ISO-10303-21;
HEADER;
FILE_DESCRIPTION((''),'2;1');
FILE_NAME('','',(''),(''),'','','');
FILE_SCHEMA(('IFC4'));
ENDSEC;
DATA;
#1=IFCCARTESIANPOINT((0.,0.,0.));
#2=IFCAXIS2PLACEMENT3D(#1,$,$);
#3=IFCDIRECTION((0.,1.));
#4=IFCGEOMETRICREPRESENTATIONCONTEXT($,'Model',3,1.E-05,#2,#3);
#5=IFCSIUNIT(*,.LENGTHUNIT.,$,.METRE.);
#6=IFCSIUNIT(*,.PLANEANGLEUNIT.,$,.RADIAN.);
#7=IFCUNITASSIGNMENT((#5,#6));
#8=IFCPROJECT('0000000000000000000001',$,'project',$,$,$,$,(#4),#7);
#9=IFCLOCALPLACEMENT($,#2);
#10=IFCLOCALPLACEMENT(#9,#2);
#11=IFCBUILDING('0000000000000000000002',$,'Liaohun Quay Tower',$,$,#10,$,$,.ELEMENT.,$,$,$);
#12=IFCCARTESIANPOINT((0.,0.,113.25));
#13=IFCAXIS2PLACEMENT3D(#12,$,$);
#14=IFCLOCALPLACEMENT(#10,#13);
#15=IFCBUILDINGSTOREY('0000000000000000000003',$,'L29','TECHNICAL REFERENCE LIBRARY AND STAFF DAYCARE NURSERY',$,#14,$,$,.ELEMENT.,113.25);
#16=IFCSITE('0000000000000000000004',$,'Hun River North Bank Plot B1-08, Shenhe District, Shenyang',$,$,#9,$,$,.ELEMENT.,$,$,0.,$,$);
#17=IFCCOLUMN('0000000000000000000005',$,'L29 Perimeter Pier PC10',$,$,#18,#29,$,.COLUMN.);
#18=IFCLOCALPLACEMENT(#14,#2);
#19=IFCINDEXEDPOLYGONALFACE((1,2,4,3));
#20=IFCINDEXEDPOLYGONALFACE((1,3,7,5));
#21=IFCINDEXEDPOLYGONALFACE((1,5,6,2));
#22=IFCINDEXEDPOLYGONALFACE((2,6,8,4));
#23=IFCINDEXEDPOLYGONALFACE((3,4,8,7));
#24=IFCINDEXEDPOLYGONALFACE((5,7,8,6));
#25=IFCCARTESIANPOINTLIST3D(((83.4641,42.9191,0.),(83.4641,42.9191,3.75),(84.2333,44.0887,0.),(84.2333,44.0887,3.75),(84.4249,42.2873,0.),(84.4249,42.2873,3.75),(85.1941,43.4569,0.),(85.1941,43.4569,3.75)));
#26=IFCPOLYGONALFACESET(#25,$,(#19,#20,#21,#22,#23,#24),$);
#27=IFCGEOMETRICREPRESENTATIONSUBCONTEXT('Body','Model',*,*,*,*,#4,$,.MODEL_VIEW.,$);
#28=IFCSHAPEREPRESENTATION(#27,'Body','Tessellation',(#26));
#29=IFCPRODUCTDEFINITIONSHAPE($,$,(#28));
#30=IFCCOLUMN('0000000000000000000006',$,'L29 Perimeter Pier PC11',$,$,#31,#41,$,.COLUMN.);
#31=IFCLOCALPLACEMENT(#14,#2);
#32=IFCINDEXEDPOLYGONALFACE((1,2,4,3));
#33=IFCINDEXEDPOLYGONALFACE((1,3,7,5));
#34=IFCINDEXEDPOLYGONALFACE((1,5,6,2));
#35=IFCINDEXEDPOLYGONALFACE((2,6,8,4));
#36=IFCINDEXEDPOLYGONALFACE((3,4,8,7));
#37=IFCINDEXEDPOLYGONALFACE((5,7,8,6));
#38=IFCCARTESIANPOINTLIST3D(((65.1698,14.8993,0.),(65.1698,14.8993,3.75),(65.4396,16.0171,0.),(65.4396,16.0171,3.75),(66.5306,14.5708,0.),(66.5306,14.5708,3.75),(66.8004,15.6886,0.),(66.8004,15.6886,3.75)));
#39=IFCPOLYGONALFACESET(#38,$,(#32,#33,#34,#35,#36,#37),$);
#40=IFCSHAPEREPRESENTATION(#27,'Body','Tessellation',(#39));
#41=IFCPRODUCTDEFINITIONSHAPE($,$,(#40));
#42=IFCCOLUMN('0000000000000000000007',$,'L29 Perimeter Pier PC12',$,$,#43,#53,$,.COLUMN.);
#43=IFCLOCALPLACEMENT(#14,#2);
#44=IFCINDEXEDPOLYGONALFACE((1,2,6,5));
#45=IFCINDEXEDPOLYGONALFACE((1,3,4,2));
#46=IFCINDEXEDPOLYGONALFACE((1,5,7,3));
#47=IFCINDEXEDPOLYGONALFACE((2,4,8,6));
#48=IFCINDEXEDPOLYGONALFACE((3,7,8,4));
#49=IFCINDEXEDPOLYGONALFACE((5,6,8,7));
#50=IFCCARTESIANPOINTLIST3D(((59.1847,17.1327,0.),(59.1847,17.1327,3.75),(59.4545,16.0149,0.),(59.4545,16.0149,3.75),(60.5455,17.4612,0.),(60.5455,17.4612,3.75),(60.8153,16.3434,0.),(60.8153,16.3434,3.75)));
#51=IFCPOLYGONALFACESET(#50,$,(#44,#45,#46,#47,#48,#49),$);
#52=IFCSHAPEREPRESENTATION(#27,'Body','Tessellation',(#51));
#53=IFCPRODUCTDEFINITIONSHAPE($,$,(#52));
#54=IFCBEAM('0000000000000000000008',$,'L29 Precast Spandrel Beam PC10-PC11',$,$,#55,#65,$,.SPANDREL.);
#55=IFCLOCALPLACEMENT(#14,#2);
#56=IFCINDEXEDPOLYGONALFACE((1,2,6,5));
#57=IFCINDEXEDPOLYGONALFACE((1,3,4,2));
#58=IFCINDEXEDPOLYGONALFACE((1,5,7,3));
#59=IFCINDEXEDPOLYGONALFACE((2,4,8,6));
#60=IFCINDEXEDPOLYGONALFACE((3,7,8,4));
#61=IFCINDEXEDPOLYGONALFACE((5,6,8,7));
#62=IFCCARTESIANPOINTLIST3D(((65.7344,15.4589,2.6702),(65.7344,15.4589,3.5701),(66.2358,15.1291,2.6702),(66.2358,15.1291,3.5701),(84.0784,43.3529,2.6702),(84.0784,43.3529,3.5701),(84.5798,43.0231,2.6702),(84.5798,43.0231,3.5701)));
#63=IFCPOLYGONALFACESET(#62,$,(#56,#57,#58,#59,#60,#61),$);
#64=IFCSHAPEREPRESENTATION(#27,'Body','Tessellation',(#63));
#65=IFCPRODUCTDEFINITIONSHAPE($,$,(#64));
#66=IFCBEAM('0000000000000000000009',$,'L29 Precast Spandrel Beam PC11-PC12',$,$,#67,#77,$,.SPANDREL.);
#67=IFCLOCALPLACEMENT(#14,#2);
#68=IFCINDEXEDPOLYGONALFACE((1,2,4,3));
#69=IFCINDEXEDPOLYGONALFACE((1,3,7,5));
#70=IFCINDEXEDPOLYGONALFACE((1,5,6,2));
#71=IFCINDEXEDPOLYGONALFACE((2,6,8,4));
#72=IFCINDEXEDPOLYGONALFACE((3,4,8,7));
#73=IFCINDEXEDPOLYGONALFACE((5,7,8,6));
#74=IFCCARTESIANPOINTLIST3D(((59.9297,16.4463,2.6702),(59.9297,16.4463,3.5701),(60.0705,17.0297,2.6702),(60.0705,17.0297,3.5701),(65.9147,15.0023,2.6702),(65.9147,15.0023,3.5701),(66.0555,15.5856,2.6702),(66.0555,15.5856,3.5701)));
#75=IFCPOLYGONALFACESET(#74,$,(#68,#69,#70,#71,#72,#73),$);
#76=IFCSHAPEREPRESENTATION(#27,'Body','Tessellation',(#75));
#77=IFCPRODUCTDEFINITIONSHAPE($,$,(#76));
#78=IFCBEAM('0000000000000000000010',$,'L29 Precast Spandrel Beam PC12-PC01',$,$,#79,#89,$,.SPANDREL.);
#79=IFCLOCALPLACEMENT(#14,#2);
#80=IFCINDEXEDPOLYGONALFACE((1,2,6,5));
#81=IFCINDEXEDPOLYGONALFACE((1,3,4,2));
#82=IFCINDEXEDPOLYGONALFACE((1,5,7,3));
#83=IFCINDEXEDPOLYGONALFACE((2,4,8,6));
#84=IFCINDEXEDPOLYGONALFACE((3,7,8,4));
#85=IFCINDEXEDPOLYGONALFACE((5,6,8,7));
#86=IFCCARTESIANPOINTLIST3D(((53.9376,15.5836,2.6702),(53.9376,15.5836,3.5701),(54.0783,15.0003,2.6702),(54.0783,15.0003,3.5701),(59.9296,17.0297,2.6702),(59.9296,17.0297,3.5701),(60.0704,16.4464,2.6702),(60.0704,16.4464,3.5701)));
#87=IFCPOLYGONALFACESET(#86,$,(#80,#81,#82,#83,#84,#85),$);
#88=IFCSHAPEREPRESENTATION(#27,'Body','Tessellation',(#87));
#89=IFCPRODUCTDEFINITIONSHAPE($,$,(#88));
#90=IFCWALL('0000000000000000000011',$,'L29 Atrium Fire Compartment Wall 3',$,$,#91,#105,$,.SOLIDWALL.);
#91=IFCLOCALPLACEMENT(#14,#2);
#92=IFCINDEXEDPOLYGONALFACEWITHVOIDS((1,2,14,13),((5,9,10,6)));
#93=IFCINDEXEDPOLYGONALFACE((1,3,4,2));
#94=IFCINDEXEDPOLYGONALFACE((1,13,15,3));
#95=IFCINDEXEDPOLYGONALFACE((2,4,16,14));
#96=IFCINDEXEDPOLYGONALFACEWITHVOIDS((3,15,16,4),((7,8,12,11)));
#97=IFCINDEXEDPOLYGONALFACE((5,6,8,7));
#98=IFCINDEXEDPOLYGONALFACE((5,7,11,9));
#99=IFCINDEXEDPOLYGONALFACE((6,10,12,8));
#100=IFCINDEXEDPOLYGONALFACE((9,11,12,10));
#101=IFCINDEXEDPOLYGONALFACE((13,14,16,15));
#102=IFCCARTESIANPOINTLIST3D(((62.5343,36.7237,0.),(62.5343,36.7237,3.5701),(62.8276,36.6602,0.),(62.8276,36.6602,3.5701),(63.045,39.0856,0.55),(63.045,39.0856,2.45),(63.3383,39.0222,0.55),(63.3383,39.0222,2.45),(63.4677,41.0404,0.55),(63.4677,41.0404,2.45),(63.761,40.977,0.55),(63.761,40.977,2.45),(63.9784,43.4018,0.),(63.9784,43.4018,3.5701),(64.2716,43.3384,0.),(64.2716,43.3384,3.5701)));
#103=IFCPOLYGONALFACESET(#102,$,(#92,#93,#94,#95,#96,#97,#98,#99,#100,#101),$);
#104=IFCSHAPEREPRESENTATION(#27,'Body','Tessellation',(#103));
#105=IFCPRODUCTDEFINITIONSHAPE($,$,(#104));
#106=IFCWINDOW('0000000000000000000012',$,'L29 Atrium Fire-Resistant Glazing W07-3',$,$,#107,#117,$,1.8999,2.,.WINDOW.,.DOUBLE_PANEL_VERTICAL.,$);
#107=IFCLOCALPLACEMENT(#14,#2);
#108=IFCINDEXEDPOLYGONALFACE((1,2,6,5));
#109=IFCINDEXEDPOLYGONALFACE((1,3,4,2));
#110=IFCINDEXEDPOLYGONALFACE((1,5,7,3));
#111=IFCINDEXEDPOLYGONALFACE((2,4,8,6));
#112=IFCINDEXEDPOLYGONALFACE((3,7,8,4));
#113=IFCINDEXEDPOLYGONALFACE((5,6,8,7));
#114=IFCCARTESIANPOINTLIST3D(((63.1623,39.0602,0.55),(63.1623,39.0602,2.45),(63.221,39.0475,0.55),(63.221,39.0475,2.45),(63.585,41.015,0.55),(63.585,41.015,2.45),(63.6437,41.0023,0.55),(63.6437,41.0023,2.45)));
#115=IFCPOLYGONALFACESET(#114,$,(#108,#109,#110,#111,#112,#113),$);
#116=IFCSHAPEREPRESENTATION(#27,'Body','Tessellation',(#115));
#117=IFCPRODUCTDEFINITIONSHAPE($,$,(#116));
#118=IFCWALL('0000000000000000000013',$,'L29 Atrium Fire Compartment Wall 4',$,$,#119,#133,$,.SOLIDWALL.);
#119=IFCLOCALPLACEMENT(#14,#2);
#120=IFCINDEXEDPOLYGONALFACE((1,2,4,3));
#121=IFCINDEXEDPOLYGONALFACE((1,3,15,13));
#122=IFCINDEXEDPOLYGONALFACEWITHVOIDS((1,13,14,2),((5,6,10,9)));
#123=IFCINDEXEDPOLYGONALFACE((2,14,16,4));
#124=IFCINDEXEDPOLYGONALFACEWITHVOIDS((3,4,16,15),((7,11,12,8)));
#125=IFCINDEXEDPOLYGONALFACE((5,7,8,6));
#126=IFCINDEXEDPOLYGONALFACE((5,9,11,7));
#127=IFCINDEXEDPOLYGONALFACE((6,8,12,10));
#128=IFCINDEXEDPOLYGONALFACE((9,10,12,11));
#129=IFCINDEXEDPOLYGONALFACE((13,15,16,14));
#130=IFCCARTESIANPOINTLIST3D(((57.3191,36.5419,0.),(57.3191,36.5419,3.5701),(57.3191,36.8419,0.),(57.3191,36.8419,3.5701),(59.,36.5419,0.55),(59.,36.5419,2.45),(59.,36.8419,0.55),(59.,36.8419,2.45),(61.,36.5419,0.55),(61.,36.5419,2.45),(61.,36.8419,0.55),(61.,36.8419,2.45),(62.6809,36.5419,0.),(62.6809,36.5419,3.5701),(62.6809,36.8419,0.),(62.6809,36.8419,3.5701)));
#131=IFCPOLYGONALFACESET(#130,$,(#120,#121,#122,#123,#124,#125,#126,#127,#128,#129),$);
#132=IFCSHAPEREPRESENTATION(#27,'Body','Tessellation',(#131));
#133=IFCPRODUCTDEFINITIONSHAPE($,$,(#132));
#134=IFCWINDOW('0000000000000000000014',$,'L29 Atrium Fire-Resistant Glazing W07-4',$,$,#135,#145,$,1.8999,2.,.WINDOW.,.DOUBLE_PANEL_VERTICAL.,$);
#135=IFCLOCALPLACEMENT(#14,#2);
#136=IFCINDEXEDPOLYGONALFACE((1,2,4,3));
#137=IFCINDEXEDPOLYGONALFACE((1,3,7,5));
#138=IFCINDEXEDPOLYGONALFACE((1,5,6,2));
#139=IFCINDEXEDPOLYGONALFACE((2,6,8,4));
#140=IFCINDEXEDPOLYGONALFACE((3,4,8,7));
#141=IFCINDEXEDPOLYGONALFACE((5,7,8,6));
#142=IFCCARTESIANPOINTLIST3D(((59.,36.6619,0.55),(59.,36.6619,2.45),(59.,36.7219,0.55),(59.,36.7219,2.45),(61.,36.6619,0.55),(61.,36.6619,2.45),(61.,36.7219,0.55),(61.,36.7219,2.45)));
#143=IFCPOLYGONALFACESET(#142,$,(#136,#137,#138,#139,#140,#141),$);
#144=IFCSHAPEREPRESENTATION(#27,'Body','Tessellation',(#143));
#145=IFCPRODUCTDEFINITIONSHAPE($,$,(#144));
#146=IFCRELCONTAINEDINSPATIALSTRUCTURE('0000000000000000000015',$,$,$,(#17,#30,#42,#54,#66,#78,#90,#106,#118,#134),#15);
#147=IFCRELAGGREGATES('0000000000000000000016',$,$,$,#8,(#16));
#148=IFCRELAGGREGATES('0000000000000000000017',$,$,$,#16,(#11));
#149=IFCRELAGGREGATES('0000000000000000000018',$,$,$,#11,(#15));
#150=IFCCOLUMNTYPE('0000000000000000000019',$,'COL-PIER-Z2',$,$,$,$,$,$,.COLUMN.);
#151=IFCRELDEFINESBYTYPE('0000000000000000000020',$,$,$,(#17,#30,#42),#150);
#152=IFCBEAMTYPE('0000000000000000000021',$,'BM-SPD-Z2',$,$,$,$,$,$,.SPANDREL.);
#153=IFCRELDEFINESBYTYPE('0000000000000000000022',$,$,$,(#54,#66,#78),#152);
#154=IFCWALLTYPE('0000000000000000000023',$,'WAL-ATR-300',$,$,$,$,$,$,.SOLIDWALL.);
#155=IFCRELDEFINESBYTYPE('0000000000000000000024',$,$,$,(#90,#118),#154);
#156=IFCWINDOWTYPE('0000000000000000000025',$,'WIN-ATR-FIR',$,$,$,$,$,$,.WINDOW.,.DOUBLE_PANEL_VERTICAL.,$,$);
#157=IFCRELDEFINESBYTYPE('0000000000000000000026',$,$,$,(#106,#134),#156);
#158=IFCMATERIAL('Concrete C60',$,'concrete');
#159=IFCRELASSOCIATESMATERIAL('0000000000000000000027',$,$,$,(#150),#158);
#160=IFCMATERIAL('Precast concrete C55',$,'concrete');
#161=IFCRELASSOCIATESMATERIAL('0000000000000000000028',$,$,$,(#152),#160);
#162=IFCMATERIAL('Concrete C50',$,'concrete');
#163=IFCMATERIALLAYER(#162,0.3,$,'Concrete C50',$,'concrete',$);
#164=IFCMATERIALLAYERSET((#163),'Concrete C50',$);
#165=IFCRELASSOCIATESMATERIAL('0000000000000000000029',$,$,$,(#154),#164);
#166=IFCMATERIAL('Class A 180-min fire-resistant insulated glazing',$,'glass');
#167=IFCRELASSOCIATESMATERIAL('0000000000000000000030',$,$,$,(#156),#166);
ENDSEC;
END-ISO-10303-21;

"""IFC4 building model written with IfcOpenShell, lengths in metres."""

from ifc_helpers import new_model, si_unit, direction, frame, frame_2d, origin, origin_2d, place, context, subcontext, project, spatial, rectangle, extrude, source, transform, mapped, material, layer, layer_set, material_profile, profile_set, type_object, element, fill, save


model = new_model("IFC4")

# Units and contexts
model_context = context("Model", 3, precision=1e-05, world=origin(), true_north=direction((0.0, 1.0)))
body_context = subcontext(model_context, "Body", "Model", "MODEL_VIEW")
ifc_project = project(units=[si_unit("LENGTHUNIT", "METRE"), si_unit("PLANEANGLEUNIT", "RADIAN")], contexts=[model_context])

# Site, building, storey
site_placement = place(None, origin())
site = spatial("IfcSite", under=ifc_project, at=site_placement, Name="Hun River North Bank Plot B1-08, Shenhe District, Shenyang", CompositionType="ELEMENT", RefElevation=0.0)
building_placement = place(site_placement, origin())
building = spatial("IfcBuilding", under=site, at=building_placement, Name="Liaohun Quay Tower", CompositionType="ELEMENT")
storey_placement = place(building_placement, frame((0.0, 0.0, 113.25)))
storey = spatial("IfcBuildingStorey", under=building, at=storey_placement, Name="L29", Description="TECHNICAL REFERENCE LIBRARY AND STAFF DAYCARE NURSERY", CompositionType="ELEMENT", Elevation=113.25)

# Columns
ifc_material_1 = material(Name="Concrete C60", Category="concrete")
ifc_material_profile_1 = material_profile(ifc_material_1, rectangle(XDim=1.3999, YDim=1.1499, at=origin_2d()), Name="RC1400x1150")
ifc_profile_set_1 = profile_set([ifc_material_profile_1], Name="Concrete C60")
column_type = type_object("IfcColumnType", Name="COL-PIER-Z2", PredefinedType="COLUMN", material=ifc_profile_set_1)
shared_shape_1 = source(origin(), body_context, "Body", "SweptSolid", [
    extrude(rectangle(XDim=1.3999, YDim=1.1499, at=origin_2d()), origin(), (0.0, 0.0, 1.0), 3.75),
])
for number, where, z_axis, x_axis, name in (
    (1, (84.3291, 43.188, 0.0), (0.0, 0.0, 1.0), (0.54946, 0.83552, 0.0), "L29 Perimeter Pier PC10"),
    (2, (65.9851, 15.2939, 0.0), (0.0, 0.0, 1.0), (-0.972084, 0.234633, 0.0), "L29 Perimeter Pier PC11"),
    (3, (60.0, 16.738, 0.0), (0.0, 0.0, 1.0), (0.972084, 0.234633, 0.0), "L29 Perimeter Pier PC12"),
):
    element("IfcColumn", number, at=place(storey_placement, frame(where, z_axis=z_axis, x_axis=x_axis)), inside=storey, type_object=column_type, Name=name, PredefinedType="COLUMN", context=body_context, shape_type="MappedRepresentation", body=[
        mapped(shared_shape_1, transform((0.0, 0.0, 0.0), x_axis=(1.0, 0.0, 0.0), y_axis=(0.0, 1.0, 0.0), z_axis=(0.0, 0.0, 1.0), scale=1.0)),
    ])

# Beams
ifc_material_2 = material(Name="Precast concrete C55", Category="concrete")
ifc_material_profile_2 = material_profile(ifc_material_2, rectangle(XDim=0.6001, YDim=0.8999, at=origin_2d()), Name="RC600x900")
ifc_profile_set_2 = profile_set([ifc_material_profile_2], Name="Precast concrete C55")
beam_type = type_object("IfcBeamType", Name="BM-SPD-Z2", PredefinedType="SPANDREL", material=ifc_profile_set_2)
shared_shape_2 = source(origin(), body_context, "Body", "SweptSolid", [
    extrude(rectangle(XDim=0.6001, YDim=0.8999, at=origin_2d()), origin(), (0.0, 0.0, 1.0), 33.3853),
])
beam_1_placement = place(storey_placement, frame((84.3291, 43.188, 3.1201), z_axis=(-0.549463, -0.835518, 0.0), x_axis=(0.835518, -0.549463, 0.0)))
element("IfcBeam", 4, at=beam_1_placement, inside=storey, type_object=beam_type, Name="L29 Precast Spandrel Beam PC10-PC11", PredefinedType="SPANDREL", context=body_context, shape_type="MappedRepresentation", body=[
    mapped(shared_shape_2, transform((0.0, 0.0, 0.0), x_axis=(1.0, 0.0, 0.0), y_axis=(0.0, 1.0, 0.0), z_axis=(0.0, 0.0, 1.0), scale=1.0)),
])
shared_shape_3 = source(origin(), body_context, "Body", "SweptSolid", [
    extrude(rectangle(XDim=0.6001, YDim=0.8999, at=origin_2d()), origin(), (0.0, 0.0, 1.0), 6.1567),
])
beam_2_placement = place(storey_placement, frame((65.9851, 15.2939, 3.1201), z_axis=(-0.972104, 0.23455, 0.0), x_axis=(-0.23455, -0.972104, 0.0)))
element("IfcBeam", 5, at=beam_2_placement, inside=storey, type_object=beam_type, Name="L29 Precast Spandrel Beam PC11-PC12", PredefinedType="SPANDREL", context=body_context, shape_type="MappedRepresentation", body=[
    mapped(shared_shape_3, transform((0.0, 0.0, 0.0), x_axis=(1.0, 0.0, 0.0), y_axis=(0.0, 1.0, 0.0), z_axis=(0.0, 0.0, 1.0), scale=1.0)),
])
shared_shape_4 = source(origin(), body_context, "Body", "SweptSolid", [
    extrude(rectangle(XDim=0.6001, YDim=0.8999, at=origin_2d()), origin(), (0.0, 0.0, 1.0), 6.1641),
])
beam_3_placement = place(storey_placement, frame((60.0, 16.738, 3.1201), z_axis=(-0.972093, -0.234597, 0.0), x_axis=(0.234597, -0.972093, 0.0)))
element("IfcBeam", 6, at=beam_3_placement, inside=storey, type_object=beam_type, Name="L29 Precast Spandrel Beam PC12-PC01", PredefinedType="SPANDREL", context=body_context, shape_type="MappedRepresentation", body=[
    mapped(shared_shape_4, transform((0.0, 0.0, 0.0), x_axis=(1.0, 0.0, 0.0), y_axis=(0.0, 1.0, 0.0), z_axis=(0.0, 0.0, 1.0), scale=1.0)),
])

# Walls, openings, windows
ifc_material_3 = material(Name="Concrete C50", Category="concrete")
ifc_layer_1 = layer(ifc_material_3, 0.3, Name="Concrete C50", Category="concrete")
ifc_layer_set_1 = layer_set([ifc_layer_1], Name="Concrete C50")
wall_type_1 = type_object("IfcWallType", Name="WAL-ATR-300", PredefinedType="SOLIDWALL", material=ifc_layer_set_1)
wall_1_placement = place(storey_placement, frame((64.125, 43.3701, 0.0), z_axis=(0.0, 0.0, 1.0), x_axis=(-0.211354, -0.97741, 0.0)))
wall_1 = element("IfcWall", 7, at=wall_1_placement, inside=storey, type_object=wall_type_1, Name="L29 Atrium Fire Compartment Wall 3", PredefinedType="SOLIDWALL", context=body_context, shape_type="SweptSolid", body=[
    extrude(rectangle(XDim=6.8325, YDim=0.3, at=frame_2d((3.4163, 0.0))), origin(), (0.0, 0.0, 1.0), 3.5701),
])
shared_shape_5 = source(origin(), body_context, "Body", "SweptSolid", [
    extrude(rectangle(XDim=2.0, YDim=1.8999, at=frame_2d((1.0, 0.95))), frame((0.0, 0.1599, 0.0), z_axis=(0.0, -1.0, 0.0), x_axis=(1.0, 0.0, 0.0)), (0.0, 0.0, 1.0), 0.3201),
])
opening_1_placement = place(wall_1_placement, frame((2.416, 0.0, 0.55)))
opening_1 = element("IfcOpeningElement", 8, at=opening_1_placement, cuts=wall_1, PredefinedType="OPENING", context=body_context, shape_type="MappedRepresentation", body=[
    mapped(shared_shape_5, transform((0.0, 0.0, 0.0), x_axis=(1.0, 0.0, 0.0), y_axis=(0.0, 1.0, 0.0), z_axis=(0.0, 0.0, 1.0), scale=1.0)),
])
ifc_material_4 = material(Name="Class A 180-min fire-resistant insulated glazing", Category="glass")
window_type_1 = type_object("IfcWindowType", Name="WIN-ATR-FIR", PartitioningType="DOUBLE_PANEL_VERTICAL", PredefinedType="WINDOW", material=ifc_material_4)
shared_shape_6 = source(origin(), body_context, "Body", "SweptSolid", [
    extrude(rectangle(XDim=2.0, YDim=1.8999, at=frame_2d((1.0, 0.95))), frame((0.0, 0.03, 0.0), z_axis=(0.0, -1.0, 0.0), x_axis=(1.0, 0.0, 0.0)), (0.0, 0.0, 1.0), 0.0601),
])
window_1_placement = place(opening_1_placement, origin())
window_1 = element("IfcWindow", 9, at=window_1_placement, inside=storey, type_object=window_type_1, Name="L29 Atrium Fire-Resistant Glazing W07-3", OverallHeight=1.8999, OverallWidth=2.0, PartitioningType="DOUBLE_PANEL_VERTICAL", PredefinedType="WINDOW", context=body_context, shape_type="MappedRepresentation", body=[
    mapped(shared_shape_6, transform((0.0, 0.0, 0.0), x_axis=(1.0, 0.0, 0.0), y_axis=(0.0, 1.0, 0.0), z_axis=(0.0, 0.0, 1.0), scale=1.0)),
])
fill(opening_1, window_1)
wall_2_placement = place(storey_placement, frame((62.6809, 36.6919, 0.0), z_axis=(0.0, 0.0, 1.0), x_axis=(-1.0, 0.0, 0.0)))
wall_2 = element("IfcWall", 10, at=wall_2_placement, inside=storey, type_object=wall_type_1, Name="L29 Atrium Fire Compartment Wall 4", PredefinedType="SOLIDWALL", context=body_context, shape_type="SweptSolid", body=[
    extrude(rectangle(XDim=5.3618, YDim=0.3, at=frame_2d((2.6809, 0.0))), origin(), (0.0, 0.0, 1.0), 3.5701),
])
opening_2_placement = place(wall_2_placement, frame((1.6809, 0.0, 0.55)))
opening_2 = element("IfcOpeningElement", 11, at=opening_2_placement, cuts=wall_2, PredefinedType="OPENING", context=body_context, shape_type="MappedRepresentation", body=[
    mapped(shared_shape_5, transform((0.0, 0.0, 0.0), x_axis=(1.0, 0.0, 0.0), y_axis=(0.0, 1.0, 0.0), z_axis=(0.0, 0.0, 1.0), scale=1.0)),
])
window_2_placement = place(opening_2_placement, origin())
window_2 = element("IfcWindow", 12, at=window_2_placement, inside=storey, type_object=window_type_1, Name="L29 Atrium Fire-Resistant Glazing W07-4", OverallHeight=1.8999, OverallWidth=2.0, PartitioningType="DOUBLE_PANEL_VERTICAL", PredefinedType="WINDOW", context=body_context, shape_type="MappedRepresentation", body=[
    mapped(shared_shape_6, transform((0.0, 0.0, 0.0), x_axis=(1.0, 0.0, 0.0), y_axis=(0.0, 1.0, 0.0), z_axis=(0.0, 0.0, 1.0), scale=1.0)),
])
fill(opening_2, window_2)

save(model, "model.ifc")
